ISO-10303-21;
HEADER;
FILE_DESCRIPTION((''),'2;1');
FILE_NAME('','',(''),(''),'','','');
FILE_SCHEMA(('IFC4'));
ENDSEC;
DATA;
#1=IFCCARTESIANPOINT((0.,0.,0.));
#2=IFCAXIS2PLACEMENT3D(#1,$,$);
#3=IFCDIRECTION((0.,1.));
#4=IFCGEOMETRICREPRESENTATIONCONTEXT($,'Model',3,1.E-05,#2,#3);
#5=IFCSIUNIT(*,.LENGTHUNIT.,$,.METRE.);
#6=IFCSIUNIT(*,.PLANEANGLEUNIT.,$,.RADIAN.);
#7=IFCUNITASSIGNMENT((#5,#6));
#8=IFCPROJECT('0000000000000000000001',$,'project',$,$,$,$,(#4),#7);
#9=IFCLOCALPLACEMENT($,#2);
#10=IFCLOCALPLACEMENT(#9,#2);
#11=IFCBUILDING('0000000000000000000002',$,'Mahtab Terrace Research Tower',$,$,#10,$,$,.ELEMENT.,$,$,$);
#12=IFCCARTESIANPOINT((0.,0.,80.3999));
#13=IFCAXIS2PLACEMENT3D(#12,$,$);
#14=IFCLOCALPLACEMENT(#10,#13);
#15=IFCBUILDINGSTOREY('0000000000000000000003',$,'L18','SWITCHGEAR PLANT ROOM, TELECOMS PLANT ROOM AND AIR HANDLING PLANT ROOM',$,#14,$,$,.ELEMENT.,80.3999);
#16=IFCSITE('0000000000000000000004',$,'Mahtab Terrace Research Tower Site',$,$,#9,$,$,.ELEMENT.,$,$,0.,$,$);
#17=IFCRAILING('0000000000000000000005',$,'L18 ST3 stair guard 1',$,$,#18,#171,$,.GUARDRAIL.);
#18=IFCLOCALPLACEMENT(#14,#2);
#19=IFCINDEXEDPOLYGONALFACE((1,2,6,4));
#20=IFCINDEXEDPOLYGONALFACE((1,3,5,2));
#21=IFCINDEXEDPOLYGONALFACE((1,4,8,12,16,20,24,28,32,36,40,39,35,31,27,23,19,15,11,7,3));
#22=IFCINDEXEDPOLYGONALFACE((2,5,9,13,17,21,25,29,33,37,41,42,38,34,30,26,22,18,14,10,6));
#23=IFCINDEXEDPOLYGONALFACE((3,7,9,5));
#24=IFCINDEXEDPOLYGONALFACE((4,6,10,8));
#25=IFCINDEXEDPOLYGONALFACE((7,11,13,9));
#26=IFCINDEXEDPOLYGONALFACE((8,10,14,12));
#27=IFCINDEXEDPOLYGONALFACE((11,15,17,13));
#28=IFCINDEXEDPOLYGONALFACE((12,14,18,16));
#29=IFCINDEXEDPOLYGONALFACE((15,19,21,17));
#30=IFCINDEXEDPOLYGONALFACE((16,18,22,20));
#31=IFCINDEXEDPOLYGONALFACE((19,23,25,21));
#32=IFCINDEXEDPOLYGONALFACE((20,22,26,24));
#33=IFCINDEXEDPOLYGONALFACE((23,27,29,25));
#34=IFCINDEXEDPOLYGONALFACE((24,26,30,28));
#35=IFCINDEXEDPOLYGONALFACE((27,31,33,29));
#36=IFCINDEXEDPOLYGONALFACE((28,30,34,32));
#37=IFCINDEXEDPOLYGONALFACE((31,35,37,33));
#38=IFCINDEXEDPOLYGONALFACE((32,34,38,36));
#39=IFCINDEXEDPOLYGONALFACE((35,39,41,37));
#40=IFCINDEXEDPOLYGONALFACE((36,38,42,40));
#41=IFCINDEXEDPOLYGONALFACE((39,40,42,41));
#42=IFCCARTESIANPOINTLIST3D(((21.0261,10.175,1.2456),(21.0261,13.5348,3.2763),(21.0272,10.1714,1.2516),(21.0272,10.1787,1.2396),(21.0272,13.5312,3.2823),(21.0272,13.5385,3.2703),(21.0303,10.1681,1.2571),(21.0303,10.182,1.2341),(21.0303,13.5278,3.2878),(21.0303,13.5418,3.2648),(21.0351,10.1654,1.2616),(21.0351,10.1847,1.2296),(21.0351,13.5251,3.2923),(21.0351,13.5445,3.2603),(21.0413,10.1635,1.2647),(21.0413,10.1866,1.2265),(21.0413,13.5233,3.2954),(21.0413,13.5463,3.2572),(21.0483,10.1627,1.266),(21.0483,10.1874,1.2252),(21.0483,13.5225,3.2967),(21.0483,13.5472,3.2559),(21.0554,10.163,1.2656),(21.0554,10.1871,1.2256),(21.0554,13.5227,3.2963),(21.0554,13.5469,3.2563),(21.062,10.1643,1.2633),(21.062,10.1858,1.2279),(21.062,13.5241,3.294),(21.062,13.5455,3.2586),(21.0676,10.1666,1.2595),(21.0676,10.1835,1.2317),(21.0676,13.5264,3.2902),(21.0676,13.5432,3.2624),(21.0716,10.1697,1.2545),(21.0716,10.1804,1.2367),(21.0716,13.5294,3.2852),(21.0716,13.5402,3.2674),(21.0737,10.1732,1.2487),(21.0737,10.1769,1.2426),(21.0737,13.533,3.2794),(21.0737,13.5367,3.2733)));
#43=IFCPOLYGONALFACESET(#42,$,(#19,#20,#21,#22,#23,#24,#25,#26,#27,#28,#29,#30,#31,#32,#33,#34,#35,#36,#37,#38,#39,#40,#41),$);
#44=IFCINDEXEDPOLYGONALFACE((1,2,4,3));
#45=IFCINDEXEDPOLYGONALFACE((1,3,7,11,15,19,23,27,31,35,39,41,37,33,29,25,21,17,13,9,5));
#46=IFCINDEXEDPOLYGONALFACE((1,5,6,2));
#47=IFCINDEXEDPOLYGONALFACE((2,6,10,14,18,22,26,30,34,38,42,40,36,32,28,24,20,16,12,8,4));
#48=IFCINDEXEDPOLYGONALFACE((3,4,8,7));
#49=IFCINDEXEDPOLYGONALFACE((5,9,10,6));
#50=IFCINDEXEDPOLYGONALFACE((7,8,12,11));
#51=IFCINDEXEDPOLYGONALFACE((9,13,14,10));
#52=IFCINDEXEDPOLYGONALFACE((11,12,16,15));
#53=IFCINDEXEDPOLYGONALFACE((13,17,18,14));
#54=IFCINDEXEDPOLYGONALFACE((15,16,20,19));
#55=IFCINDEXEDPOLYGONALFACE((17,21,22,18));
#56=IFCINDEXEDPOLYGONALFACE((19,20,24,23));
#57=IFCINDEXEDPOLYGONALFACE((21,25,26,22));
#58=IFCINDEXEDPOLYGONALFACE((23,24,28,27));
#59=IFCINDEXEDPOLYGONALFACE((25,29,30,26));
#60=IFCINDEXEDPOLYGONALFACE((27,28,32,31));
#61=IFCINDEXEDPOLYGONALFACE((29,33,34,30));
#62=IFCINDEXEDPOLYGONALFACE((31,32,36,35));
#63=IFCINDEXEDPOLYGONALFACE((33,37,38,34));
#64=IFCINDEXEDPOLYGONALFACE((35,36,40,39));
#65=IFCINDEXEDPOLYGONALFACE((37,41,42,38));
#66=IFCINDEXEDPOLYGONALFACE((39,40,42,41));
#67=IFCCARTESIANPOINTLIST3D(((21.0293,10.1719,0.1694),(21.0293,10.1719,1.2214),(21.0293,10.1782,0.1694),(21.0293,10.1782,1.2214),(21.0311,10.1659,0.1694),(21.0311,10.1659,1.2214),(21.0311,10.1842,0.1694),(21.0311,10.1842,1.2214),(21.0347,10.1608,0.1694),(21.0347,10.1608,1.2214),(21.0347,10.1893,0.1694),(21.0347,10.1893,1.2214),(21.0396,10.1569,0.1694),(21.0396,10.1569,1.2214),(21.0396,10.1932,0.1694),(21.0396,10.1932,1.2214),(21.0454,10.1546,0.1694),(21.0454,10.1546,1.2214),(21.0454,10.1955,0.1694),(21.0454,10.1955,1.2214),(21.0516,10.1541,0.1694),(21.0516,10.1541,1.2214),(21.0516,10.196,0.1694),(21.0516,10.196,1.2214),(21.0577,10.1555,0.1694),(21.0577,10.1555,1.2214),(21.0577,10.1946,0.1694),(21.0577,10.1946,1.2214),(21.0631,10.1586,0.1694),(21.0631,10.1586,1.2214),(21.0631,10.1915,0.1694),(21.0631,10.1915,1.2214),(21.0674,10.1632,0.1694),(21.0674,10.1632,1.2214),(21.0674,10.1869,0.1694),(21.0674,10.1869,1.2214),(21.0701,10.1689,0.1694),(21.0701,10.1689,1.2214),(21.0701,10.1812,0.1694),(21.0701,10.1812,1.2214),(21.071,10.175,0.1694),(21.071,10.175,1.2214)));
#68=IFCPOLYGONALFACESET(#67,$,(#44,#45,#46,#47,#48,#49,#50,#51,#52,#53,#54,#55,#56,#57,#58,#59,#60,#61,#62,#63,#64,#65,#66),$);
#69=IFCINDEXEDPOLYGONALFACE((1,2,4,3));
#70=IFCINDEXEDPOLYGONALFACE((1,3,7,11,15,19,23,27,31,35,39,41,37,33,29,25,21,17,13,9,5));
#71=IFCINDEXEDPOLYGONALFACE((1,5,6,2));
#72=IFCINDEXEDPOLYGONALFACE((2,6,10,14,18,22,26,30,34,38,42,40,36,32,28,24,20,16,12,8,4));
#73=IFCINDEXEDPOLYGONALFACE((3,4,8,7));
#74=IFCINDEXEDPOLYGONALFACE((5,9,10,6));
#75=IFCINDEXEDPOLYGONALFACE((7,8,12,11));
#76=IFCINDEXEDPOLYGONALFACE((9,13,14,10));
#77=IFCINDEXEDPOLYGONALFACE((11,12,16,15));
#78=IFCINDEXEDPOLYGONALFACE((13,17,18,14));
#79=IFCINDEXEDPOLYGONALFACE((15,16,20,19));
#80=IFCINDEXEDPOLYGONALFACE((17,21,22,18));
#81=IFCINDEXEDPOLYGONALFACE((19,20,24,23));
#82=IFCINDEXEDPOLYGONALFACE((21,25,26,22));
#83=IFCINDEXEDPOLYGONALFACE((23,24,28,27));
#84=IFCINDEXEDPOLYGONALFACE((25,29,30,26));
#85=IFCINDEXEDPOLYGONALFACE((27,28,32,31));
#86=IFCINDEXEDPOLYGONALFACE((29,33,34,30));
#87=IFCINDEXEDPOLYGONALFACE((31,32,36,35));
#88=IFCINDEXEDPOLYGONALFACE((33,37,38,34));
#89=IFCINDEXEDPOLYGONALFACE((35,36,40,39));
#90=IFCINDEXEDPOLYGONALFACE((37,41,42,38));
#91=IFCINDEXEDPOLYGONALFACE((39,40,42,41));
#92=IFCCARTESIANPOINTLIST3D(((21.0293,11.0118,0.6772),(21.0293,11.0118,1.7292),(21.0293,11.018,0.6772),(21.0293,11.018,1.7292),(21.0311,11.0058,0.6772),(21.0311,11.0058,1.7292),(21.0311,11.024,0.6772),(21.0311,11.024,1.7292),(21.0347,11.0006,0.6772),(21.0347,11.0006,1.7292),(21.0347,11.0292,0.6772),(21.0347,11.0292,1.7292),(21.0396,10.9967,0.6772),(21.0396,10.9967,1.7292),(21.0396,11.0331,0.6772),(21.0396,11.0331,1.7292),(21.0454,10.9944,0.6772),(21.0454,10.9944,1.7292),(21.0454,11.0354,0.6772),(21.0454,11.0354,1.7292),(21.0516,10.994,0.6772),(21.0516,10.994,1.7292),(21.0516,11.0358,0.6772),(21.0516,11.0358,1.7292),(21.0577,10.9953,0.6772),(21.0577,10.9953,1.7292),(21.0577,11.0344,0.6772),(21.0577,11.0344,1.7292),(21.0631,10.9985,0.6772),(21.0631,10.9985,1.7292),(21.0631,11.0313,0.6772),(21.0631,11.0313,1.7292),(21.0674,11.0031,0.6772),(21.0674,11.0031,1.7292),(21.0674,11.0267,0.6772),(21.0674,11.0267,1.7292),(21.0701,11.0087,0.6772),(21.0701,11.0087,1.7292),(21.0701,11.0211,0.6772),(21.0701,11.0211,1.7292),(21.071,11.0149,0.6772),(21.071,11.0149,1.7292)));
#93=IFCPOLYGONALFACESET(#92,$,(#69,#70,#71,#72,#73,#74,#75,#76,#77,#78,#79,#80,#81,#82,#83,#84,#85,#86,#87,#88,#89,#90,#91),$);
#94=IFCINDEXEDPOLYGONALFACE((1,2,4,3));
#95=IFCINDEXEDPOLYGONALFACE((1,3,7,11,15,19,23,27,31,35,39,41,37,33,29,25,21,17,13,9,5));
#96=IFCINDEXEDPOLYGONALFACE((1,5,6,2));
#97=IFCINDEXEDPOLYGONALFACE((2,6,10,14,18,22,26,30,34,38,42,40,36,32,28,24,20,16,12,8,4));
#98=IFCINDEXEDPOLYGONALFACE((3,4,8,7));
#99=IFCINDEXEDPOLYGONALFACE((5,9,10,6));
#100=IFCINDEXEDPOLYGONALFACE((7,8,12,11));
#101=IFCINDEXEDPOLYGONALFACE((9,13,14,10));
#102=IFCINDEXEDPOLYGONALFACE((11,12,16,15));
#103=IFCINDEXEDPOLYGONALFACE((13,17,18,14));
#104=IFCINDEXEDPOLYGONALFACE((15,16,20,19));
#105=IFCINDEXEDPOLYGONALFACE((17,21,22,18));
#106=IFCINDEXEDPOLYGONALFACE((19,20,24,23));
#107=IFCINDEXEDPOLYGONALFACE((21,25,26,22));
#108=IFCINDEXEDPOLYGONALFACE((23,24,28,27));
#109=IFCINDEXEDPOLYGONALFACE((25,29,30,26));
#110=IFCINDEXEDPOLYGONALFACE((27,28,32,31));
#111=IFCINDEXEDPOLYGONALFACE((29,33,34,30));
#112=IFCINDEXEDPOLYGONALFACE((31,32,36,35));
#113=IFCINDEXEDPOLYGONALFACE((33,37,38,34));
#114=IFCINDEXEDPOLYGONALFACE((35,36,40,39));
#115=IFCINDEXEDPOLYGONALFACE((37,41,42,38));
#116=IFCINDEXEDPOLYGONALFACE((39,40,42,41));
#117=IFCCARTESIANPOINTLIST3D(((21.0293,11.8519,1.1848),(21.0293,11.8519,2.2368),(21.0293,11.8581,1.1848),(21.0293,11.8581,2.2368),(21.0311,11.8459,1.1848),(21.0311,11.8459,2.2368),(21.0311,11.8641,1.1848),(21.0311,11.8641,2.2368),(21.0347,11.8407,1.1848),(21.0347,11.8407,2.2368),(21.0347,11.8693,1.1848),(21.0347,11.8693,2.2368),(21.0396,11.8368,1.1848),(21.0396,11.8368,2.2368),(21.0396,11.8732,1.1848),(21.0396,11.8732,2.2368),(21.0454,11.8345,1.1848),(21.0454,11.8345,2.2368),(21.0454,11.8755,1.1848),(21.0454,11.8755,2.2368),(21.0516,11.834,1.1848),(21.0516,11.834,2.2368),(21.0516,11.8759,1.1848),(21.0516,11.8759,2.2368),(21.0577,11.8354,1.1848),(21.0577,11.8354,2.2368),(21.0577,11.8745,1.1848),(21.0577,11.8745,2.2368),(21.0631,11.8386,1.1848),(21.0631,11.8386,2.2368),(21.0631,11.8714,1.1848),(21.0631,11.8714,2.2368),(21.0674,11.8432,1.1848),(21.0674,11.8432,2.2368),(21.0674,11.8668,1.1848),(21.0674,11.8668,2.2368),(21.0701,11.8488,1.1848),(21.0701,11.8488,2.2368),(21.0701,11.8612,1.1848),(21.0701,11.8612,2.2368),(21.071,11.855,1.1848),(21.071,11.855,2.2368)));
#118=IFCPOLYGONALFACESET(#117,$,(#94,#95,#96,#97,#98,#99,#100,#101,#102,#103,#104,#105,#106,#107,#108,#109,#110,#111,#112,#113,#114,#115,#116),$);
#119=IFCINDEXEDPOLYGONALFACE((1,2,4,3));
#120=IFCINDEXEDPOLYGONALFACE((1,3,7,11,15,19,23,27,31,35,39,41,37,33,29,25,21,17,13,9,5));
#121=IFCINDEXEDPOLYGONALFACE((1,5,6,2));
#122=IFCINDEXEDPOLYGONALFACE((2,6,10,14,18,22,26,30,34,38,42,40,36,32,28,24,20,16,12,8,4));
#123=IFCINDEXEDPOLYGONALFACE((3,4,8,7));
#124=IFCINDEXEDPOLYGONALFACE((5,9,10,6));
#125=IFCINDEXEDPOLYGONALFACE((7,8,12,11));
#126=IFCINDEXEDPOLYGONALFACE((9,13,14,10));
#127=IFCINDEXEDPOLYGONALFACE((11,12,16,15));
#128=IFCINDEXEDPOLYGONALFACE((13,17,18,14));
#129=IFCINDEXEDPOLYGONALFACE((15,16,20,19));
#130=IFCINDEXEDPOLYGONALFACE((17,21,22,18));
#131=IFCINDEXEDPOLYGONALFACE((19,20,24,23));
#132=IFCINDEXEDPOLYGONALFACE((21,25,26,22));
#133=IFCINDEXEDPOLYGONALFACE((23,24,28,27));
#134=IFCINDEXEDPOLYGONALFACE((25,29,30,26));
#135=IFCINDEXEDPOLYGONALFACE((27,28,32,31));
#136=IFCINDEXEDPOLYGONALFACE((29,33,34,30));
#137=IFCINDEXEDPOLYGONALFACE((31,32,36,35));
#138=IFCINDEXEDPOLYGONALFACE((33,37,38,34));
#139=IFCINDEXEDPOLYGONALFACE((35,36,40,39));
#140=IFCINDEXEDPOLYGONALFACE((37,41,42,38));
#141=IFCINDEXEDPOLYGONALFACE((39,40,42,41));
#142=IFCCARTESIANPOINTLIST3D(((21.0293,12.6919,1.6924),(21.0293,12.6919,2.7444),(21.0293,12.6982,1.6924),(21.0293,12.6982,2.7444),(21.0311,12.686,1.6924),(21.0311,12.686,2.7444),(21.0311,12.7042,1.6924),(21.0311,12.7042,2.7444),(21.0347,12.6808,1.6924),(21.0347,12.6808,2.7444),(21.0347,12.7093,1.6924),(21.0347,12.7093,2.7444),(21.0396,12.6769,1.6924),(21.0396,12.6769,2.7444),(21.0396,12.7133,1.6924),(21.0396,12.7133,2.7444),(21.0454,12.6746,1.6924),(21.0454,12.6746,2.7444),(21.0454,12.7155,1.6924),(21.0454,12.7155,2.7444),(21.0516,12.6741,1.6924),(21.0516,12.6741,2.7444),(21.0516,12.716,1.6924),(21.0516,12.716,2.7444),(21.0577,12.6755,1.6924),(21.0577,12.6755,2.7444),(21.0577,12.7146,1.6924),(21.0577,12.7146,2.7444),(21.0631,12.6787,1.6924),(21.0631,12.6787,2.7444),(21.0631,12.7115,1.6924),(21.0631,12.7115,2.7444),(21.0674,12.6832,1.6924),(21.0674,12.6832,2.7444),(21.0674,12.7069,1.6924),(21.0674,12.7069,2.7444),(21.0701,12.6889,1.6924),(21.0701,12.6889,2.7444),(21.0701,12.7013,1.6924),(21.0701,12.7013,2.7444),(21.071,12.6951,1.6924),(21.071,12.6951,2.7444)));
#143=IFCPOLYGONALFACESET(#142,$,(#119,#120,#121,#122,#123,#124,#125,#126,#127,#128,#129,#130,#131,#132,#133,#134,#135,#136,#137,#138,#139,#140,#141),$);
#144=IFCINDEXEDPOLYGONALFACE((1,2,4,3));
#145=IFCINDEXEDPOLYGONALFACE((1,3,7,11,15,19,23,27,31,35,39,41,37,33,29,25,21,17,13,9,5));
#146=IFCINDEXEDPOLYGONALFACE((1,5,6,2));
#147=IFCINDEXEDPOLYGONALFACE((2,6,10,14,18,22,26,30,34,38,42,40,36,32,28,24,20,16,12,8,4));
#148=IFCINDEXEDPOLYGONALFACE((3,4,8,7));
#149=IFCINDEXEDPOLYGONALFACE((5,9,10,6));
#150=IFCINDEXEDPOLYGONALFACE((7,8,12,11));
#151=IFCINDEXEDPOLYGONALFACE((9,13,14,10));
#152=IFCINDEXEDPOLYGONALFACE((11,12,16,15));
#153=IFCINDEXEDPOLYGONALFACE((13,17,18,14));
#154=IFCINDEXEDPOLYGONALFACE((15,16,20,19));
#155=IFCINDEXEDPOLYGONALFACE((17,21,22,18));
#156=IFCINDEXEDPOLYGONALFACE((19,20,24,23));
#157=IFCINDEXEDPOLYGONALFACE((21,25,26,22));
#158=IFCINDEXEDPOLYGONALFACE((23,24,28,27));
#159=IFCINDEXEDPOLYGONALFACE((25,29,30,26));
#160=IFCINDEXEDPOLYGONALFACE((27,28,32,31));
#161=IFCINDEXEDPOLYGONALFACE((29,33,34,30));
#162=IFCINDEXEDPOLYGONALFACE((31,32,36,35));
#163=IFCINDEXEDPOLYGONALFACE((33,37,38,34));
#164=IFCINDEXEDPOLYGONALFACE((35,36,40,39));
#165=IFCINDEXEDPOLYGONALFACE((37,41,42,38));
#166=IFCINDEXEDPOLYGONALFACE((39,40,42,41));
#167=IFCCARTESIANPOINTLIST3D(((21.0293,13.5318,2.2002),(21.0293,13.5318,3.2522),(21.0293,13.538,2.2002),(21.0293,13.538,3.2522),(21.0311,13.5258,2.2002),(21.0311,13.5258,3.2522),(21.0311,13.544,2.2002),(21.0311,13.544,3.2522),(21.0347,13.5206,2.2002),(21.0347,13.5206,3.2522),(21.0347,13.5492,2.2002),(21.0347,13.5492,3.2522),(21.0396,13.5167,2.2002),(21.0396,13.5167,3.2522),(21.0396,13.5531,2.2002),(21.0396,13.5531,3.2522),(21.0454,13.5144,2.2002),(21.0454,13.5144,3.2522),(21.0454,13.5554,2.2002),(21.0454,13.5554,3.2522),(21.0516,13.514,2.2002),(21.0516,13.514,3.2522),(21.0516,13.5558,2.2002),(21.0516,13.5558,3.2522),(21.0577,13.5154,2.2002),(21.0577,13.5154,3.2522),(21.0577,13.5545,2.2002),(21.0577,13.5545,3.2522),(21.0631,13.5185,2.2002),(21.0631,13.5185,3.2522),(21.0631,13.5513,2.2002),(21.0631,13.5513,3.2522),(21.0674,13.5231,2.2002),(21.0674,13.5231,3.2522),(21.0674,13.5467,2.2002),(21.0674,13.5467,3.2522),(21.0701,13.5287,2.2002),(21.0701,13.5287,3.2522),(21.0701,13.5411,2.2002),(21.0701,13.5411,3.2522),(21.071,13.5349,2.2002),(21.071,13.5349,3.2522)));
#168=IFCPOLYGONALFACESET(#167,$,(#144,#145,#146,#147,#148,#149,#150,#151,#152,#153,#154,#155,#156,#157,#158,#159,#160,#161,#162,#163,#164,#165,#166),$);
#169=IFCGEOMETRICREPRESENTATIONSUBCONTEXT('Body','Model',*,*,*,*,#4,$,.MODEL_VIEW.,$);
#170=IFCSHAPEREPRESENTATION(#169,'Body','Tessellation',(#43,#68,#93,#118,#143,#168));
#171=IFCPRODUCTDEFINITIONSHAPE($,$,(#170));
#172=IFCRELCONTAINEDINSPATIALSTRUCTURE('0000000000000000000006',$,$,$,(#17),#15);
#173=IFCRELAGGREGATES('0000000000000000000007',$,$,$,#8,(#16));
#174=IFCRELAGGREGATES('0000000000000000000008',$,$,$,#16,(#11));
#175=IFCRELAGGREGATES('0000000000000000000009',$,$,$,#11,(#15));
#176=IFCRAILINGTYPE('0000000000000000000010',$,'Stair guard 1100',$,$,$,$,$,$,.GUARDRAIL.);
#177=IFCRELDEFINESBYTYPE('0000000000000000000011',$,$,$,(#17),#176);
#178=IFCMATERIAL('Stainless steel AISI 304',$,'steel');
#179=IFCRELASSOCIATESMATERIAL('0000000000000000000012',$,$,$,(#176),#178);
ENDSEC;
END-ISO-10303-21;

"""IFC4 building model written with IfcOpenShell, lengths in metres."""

from ifc_helpers import new_model, si_unit, direction, frame, origin, origin_2d, place, context, subcontext, project, spatial, circle, extrude, material, type_object, element, save


model = new_model("IFC4")

# Units and contexts
model_context = context("Model", 3, precision=1e-05, world=origin(), true_north=direction((0.0, 1.0)))
body_context = subcontext(model_context, "Body", "Model", "MODEL_VIEW")
ifc_project = project(units=[si_unit("LENGTHUNIT", "METRE"), si_unit("PLANEANGLEUNIT", "RADIAN")], contexts=[model_context])

# Site, building, storey
site_placement = place(None, origin())
site = spatial("IfcSite", under=ifc_project, at=site_placement, Name="Mahtab Terrace Research Tower Site", CompositionType="ELEMENT", RefElevation=0.0)
building_placement = place(site_placement, origin())
building = spatial("IfcBuilding", under=site, at=building_placement, Name="Mahtab Terrace Research Tower", CompositionType="ELEMENT")
storey_placement = place(building_placement, frame((0.0, 0.0, 80.3999)))
storey = spatial("IfcBuildingStorey", under=building, at=storey_placement, Name="L18", Description="SWITCHGEAR PLANT ROOM, TELECOMS PLANT ROOM AND AIR HANDLING PLANT ROOM", CompositionType="ELEMENT", Elevation=80.3999)

# Shared definitions
ifc_material_1 = material(Name="Stainless steel AISI 304", Category="steel")

# Railing
railing_type_1 = type_object("IfcRailingType", Name="Stair guard 1100", PredefinedType="GUARDRAIL", material=ifc_material_1)
railing_1_placement = place(storey_placement, frame((21.05, 10.175, 0.1694)))
element("IfcRailing", 1, at=railing_1_placement, inside=storey, type_object=railing_type_1, Name="L18 ST3 stair guard 1", PredefinedType="GUARDRAIL", context=body_context, shape_type="SweptSolid", body=[
    extrude(circle(Radius=0.0239, at=origin_2d()), frame((0.0, 0.0, 1.0762), z_axis=(0.0, 0.85582, 0.517273), x_axis=(-1.0, 0.0, 0.0)), (0.0, 0.0, 1.0), 3.9258),
    extrude(circle(Radius=0.021, at=origin_2d()), origin(), (0.0, 0.0, 1.0), 1.052),
    extrude(circle(Radius=0.021, at=origin_2d()), frame((0.0, 0.8398, 0.5078)), (0.0, 0.0, 1.0), 1.052),
    extrude(circle(Radius=0.021, at=origin_2d()), frame((0.0, 1.6799, 1.0154)), (0.0, 0.0, 1.0), 1.052),
    extrude(circle(Radius=0.021, at=origin_2d()), frame((0.0, 2.52, 1.5229)), (0.0, 0.0, 1.0), 1.052),
    extrude(circle(Radius=0.021, at=origin_2d()), frame((0.0, 3.3599, 2.0308)), (0.0, 0.0, 1.0), 1.052),
])

save(model, "model.ifc")
